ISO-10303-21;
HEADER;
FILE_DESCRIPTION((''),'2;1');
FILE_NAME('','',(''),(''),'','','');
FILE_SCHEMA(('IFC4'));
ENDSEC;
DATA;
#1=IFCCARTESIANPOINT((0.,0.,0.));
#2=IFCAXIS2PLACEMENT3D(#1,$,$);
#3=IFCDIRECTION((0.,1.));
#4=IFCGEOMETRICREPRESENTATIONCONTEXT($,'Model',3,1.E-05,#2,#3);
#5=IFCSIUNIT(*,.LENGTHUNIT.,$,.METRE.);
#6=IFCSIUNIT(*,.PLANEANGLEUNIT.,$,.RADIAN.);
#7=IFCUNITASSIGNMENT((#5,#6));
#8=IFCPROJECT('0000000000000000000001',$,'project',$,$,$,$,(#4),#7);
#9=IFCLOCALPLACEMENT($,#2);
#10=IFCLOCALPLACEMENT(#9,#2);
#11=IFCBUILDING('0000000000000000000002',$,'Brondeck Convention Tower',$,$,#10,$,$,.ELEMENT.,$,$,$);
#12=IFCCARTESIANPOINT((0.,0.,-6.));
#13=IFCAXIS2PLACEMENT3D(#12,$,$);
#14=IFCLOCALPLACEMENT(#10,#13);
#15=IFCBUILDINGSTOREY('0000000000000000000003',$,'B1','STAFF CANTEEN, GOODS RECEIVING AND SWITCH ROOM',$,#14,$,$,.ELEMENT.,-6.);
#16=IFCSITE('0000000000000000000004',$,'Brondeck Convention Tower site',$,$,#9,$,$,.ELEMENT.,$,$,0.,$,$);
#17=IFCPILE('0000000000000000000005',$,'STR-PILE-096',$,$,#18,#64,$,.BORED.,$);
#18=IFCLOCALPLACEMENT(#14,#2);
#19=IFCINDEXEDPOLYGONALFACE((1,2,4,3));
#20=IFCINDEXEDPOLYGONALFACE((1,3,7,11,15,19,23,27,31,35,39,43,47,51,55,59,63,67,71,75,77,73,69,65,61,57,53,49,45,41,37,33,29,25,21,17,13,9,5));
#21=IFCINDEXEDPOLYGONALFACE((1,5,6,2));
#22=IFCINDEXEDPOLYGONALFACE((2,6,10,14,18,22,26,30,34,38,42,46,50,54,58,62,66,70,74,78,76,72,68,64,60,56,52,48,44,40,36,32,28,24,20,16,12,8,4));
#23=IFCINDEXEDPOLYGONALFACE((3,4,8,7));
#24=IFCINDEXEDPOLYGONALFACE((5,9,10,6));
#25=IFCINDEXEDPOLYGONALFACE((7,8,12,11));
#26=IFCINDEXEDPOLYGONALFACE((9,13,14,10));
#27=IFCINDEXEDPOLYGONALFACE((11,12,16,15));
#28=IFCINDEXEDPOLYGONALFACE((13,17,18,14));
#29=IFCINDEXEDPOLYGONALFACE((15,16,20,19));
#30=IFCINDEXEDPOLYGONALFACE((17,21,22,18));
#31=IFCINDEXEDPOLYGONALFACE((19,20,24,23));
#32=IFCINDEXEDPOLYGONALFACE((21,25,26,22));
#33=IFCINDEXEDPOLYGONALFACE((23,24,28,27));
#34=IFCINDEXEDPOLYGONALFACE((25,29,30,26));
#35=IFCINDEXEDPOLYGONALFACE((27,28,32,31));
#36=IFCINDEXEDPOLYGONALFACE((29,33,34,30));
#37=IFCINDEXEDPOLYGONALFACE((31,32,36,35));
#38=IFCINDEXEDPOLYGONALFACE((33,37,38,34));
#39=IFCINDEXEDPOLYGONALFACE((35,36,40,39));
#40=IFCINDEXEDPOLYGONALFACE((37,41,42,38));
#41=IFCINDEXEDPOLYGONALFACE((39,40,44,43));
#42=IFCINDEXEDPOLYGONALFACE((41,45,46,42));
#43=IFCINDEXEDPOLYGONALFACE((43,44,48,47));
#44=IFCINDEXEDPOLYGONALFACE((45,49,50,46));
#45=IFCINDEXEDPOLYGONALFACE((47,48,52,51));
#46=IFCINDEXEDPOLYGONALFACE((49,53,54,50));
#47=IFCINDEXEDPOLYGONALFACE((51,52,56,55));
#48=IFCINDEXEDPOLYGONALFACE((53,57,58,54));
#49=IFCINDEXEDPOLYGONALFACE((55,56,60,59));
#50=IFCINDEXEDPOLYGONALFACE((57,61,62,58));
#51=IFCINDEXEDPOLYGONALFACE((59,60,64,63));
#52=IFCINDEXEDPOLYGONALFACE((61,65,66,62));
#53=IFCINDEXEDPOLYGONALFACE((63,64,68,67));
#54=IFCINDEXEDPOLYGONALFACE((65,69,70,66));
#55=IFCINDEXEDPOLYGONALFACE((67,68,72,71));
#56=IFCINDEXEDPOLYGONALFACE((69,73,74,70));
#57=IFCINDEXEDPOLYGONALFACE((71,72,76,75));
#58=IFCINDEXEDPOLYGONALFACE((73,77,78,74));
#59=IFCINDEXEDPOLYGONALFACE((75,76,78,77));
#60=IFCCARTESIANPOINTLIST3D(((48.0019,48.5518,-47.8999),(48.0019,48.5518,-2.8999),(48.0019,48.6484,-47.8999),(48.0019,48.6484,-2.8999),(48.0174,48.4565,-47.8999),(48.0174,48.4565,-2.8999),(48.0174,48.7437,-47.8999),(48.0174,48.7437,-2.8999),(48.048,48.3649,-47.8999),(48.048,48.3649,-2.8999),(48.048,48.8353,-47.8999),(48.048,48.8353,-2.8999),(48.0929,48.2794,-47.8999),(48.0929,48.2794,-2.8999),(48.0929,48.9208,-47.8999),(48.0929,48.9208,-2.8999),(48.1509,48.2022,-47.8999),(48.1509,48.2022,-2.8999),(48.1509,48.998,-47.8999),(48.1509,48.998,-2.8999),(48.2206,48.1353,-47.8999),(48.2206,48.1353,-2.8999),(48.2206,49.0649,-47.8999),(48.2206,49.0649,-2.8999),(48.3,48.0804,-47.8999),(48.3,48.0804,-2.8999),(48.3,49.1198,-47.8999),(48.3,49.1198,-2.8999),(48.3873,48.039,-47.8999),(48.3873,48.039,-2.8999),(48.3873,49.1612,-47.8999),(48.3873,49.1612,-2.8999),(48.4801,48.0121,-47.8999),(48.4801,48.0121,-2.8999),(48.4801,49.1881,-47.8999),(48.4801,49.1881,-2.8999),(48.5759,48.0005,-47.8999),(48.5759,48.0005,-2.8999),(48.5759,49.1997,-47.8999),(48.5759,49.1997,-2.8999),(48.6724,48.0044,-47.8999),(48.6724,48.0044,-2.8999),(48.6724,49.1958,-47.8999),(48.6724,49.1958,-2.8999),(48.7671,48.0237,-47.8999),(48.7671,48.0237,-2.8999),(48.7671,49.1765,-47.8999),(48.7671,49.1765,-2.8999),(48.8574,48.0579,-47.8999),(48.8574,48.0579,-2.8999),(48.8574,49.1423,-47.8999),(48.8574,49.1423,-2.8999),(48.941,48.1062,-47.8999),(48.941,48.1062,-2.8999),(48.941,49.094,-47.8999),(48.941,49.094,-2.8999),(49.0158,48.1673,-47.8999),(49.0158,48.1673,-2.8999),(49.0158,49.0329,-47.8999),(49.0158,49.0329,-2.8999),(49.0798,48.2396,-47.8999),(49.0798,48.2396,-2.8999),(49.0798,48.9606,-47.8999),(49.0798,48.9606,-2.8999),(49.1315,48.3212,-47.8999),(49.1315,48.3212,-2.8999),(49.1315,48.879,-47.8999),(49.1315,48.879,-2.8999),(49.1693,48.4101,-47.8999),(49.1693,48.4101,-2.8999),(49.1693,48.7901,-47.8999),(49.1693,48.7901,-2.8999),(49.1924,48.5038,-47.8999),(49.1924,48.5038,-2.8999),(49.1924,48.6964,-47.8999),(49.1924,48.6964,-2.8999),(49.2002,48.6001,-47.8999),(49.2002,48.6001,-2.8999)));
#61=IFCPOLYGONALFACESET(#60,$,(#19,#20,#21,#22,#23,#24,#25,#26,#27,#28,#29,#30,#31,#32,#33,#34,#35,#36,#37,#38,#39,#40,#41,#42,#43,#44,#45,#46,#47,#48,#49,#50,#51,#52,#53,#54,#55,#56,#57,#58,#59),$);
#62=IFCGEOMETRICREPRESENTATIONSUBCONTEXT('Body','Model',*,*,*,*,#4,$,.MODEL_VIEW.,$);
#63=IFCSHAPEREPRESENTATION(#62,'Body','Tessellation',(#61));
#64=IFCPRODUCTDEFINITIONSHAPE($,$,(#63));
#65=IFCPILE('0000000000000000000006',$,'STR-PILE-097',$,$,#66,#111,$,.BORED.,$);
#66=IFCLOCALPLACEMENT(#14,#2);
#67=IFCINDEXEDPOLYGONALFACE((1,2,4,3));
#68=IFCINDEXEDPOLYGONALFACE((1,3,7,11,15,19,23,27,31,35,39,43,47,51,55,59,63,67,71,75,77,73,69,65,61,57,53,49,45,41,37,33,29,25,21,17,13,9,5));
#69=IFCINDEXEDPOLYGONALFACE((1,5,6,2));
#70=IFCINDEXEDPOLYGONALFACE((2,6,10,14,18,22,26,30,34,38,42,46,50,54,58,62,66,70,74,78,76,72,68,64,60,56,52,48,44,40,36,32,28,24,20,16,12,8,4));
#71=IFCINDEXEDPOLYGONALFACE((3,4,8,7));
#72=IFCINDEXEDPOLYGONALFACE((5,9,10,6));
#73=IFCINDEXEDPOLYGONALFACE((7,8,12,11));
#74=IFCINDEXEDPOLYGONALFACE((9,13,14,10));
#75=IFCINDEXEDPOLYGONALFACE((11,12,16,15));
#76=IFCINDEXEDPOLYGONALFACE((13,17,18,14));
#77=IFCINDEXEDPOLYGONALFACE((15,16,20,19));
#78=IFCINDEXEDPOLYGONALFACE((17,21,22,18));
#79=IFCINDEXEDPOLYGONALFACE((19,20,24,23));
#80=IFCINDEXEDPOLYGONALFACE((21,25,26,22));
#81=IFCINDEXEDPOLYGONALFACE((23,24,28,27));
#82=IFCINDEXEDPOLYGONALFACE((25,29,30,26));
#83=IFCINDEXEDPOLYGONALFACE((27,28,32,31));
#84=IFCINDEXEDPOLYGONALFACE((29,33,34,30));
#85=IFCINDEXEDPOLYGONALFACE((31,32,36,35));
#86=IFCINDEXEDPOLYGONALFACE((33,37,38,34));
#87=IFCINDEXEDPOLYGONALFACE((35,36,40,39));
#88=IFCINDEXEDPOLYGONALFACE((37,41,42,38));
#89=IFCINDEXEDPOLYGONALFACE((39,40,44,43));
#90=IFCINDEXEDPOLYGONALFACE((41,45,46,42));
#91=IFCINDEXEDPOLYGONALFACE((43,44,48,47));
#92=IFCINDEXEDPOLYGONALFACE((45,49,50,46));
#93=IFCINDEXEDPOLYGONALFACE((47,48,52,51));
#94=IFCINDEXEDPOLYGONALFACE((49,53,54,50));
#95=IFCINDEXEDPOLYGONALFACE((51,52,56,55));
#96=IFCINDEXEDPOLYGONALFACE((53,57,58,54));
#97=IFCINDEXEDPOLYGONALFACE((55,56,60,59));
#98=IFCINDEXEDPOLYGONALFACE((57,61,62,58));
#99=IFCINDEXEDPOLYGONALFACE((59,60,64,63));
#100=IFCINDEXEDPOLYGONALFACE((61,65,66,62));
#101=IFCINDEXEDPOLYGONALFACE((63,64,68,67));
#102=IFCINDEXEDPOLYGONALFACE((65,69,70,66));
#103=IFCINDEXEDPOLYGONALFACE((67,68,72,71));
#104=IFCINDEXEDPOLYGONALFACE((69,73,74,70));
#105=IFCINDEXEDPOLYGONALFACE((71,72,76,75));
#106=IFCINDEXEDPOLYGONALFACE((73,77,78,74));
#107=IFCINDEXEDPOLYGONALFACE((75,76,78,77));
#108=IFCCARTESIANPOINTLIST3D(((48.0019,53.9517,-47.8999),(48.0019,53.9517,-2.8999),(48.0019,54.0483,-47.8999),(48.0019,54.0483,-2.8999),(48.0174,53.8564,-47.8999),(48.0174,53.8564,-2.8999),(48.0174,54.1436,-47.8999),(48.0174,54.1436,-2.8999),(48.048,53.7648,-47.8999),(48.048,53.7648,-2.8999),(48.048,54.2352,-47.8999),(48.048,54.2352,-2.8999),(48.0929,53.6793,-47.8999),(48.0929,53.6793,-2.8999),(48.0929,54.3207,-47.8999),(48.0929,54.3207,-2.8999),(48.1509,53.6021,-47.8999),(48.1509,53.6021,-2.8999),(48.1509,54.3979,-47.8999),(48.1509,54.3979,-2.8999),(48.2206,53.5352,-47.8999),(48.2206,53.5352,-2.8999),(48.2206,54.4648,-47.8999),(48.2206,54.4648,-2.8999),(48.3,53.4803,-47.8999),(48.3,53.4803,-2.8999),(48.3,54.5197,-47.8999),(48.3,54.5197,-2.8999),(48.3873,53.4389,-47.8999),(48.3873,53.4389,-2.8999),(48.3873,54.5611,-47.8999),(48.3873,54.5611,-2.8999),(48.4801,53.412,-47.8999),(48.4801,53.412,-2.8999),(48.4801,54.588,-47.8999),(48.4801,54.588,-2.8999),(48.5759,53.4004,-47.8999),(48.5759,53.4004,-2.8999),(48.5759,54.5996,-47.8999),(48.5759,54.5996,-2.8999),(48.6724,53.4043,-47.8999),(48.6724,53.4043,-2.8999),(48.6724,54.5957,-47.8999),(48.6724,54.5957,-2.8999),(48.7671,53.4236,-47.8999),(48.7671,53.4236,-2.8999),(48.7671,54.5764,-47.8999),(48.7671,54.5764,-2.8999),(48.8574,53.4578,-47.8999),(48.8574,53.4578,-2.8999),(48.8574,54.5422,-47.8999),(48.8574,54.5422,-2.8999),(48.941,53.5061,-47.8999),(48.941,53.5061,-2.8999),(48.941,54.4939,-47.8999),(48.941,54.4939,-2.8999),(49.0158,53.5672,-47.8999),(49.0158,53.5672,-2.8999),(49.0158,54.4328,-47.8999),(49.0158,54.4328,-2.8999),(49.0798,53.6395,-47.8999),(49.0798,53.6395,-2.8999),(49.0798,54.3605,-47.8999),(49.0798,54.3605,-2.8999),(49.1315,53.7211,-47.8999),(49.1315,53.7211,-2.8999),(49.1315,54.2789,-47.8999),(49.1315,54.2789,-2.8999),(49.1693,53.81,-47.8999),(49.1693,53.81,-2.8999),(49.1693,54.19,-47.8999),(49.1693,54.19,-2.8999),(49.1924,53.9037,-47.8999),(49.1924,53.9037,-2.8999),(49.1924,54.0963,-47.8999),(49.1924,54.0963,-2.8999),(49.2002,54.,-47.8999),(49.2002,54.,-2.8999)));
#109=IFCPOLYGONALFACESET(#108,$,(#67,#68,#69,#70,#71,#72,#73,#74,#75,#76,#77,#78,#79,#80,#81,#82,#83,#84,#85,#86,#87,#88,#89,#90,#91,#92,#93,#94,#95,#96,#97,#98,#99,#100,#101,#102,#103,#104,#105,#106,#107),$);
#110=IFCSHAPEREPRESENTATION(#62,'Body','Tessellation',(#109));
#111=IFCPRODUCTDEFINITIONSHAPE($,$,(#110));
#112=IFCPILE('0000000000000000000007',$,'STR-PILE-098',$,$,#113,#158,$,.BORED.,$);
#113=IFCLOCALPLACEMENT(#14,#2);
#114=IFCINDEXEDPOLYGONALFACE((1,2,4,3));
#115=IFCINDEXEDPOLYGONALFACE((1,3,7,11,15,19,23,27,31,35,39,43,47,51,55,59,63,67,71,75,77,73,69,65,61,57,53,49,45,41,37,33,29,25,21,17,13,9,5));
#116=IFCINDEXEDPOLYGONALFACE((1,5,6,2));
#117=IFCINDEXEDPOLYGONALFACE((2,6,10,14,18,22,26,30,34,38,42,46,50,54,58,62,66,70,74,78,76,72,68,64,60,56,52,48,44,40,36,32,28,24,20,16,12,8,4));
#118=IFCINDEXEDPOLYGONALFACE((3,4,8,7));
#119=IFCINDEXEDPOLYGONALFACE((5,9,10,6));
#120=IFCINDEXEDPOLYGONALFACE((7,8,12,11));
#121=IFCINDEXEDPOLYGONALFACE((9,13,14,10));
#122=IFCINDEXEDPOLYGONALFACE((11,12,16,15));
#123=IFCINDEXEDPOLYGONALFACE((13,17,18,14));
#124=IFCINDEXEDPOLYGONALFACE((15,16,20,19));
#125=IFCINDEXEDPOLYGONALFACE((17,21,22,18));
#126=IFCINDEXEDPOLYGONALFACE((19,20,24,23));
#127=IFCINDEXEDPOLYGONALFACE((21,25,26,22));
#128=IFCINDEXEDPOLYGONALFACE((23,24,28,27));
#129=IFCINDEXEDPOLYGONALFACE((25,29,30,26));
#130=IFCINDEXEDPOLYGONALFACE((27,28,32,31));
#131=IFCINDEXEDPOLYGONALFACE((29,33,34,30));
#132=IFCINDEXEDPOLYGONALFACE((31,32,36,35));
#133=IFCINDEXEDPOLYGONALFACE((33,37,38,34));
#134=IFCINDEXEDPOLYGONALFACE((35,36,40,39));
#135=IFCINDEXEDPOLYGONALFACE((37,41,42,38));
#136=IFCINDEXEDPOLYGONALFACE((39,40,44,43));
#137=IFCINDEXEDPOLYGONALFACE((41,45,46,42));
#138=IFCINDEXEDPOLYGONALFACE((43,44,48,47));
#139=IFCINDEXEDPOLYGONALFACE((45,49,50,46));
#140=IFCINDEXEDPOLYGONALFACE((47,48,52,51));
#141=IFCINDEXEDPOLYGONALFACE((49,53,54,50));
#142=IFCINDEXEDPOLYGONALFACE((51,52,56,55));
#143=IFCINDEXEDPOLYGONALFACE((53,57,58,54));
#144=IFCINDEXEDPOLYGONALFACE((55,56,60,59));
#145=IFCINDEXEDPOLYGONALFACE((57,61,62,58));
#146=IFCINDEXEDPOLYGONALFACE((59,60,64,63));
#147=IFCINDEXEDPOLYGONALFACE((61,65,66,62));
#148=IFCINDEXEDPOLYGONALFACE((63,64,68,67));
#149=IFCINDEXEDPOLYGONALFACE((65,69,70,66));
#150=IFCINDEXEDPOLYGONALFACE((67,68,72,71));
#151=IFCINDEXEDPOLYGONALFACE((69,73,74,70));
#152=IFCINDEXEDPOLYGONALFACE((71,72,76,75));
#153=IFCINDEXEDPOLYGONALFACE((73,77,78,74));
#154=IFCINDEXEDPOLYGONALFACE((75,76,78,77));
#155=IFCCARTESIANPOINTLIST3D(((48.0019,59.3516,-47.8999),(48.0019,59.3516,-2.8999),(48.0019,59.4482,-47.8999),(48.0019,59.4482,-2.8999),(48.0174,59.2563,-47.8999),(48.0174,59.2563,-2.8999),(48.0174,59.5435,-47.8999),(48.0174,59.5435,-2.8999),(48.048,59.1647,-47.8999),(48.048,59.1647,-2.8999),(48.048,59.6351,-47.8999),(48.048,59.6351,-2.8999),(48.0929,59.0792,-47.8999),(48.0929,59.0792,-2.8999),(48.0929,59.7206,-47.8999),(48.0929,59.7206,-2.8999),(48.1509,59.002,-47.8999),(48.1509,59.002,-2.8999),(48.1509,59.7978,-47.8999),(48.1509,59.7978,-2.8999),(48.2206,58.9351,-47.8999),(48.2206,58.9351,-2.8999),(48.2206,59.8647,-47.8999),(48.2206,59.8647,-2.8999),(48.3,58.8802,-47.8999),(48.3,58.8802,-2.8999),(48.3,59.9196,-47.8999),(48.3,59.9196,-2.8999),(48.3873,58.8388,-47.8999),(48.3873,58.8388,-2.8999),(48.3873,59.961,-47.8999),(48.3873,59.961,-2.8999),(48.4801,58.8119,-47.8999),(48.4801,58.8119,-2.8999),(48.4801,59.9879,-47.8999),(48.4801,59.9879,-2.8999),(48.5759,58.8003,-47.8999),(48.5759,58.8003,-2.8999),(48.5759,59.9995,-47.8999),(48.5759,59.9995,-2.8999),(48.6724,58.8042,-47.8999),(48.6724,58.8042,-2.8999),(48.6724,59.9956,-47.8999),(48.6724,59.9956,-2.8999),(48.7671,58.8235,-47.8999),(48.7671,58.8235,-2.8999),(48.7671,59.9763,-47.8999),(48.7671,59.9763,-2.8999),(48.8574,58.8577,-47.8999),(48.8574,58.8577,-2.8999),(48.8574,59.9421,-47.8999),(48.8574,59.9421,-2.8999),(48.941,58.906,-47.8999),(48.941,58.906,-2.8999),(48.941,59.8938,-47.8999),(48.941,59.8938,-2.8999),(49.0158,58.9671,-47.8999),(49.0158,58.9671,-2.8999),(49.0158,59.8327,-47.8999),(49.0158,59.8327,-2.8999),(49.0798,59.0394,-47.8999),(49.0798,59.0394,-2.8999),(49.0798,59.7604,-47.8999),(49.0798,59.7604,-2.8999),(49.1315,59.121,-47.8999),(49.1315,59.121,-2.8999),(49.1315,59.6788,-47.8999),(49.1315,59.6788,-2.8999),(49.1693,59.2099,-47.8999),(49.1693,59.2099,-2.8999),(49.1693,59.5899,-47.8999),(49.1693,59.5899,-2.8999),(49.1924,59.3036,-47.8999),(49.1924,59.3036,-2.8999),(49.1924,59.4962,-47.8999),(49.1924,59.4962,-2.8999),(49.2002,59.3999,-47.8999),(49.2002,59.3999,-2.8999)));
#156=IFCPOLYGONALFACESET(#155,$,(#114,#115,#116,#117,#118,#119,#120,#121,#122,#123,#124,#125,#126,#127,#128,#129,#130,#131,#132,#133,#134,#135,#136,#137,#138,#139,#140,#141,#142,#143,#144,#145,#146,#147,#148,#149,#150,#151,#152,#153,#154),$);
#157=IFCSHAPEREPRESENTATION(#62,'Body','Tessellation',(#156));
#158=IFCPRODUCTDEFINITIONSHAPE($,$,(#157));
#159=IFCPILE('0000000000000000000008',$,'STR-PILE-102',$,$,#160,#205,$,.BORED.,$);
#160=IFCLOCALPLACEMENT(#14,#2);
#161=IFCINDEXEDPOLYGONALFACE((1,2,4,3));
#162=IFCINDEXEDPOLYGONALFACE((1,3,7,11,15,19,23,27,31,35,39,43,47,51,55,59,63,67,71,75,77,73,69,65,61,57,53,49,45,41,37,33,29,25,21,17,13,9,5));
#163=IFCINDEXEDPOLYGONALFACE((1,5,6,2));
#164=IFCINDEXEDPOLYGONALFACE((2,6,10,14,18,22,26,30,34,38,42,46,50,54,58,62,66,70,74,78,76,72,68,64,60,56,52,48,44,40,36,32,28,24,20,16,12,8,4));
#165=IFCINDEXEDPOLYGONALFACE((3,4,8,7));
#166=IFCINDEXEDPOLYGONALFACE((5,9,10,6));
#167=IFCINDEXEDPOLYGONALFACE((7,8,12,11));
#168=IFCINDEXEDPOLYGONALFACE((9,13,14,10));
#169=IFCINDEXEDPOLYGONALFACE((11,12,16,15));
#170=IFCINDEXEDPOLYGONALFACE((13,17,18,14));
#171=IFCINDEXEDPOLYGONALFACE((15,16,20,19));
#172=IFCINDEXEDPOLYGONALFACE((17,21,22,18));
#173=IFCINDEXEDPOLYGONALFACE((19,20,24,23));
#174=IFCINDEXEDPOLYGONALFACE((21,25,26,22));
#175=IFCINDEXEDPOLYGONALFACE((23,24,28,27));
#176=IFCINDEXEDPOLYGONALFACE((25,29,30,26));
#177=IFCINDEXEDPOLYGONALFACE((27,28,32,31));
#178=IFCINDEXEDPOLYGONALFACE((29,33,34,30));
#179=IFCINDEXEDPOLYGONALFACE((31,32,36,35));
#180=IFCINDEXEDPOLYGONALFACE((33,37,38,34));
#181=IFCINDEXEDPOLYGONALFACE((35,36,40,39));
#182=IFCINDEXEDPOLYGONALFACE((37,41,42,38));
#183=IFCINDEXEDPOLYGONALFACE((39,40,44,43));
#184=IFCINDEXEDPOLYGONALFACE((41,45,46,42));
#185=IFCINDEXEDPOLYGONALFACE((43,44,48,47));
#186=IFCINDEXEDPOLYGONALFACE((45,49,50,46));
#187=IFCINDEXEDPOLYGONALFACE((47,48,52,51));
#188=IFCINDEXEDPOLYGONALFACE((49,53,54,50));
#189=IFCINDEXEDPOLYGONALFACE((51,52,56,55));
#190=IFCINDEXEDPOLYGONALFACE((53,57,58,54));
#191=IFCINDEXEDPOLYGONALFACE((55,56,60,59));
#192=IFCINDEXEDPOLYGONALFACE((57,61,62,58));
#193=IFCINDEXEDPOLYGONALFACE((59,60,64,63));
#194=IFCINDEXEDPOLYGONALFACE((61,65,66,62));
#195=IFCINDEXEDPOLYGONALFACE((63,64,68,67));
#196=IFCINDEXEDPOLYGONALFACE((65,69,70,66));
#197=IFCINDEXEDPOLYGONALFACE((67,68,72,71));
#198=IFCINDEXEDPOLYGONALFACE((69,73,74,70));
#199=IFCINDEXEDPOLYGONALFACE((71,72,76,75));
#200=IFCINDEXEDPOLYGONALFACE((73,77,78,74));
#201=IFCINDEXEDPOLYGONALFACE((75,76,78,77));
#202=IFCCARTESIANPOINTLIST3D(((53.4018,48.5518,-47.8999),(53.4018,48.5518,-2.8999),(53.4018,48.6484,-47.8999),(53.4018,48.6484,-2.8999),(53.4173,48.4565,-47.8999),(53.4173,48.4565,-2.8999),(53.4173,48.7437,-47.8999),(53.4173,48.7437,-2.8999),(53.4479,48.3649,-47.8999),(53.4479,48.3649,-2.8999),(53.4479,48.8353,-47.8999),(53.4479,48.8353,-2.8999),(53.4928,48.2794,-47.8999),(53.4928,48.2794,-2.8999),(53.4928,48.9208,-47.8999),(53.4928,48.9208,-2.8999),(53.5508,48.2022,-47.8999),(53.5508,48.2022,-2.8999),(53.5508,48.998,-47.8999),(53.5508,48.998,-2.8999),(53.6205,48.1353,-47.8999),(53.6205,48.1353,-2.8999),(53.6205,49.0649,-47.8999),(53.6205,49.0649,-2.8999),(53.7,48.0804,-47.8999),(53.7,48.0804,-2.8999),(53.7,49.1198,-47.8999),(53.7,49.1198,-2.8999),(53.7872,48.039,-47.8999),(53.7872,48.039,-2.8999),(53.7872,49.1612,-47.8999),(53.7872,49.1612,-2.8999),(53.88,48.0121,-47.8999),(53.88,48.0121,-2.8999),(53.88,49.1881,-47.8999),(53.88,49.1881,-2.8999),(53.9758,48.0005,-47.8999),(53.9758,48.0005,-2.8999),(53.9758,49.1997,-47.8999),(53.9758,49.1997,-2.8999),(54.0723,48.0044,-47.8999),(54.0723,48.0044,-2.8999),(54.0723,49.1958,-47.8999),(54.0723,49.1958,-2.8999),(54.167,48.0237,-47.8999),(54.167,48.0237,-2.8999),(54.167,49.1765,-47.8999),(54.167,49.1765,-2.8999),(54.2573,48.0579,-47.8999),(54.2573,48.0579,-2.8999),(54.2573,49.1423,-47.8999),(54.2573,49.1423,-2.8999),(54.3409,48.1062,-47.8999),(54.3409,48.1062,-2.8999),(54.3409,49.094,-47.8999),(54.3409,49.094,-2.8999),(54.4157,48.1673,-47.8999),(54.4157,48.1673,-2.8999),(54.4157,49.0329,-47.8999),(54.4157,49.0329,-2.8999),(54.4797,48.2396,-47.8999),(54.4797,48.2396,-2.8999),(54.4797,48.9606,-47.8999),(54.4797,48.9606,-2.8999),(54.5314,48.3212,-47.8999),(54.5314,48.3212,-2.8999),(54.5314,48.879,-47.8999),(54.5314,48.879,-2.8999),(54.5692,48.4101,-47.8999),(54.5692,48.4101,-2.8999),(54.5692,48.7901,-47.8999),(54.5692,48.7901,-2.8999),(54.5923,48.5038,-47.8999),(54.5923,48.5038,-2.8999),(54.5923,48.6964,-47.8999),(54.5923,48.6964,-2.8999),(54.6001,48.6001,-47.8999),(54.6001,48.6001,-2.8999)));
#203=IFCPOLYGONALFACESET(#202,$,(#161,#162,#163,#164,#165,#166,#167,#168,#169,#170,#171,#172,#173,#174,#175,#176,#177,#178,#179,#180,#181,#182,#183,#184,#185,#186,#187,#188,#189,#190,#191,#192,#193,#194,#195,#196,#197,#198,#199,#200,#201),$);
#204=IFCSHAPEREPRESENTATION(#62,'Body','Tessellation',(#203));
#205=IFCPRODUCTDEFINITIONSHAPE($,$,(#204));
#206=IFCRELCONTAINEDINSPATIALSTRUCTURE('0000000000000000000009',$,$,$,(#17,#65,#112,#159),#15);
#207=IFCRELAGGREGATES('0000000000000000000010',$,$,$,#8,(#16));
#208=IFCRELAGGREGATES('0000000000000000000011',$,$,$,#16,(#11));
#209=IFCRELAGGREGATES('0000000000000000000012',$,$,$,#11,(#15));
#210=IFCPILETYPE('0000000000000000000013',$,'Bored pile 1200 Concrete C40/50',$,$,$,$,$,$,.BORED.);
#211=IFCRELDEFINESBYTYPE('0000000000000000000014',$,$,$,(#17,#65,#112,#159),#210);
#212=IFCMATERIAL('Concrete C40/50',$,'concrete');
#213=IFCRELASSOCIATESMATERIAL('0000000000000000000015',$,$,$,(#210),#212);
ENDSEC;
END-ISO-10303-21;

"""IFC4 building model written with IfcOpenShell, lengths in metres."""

from ifc_helpers import new_model, si_unit, direction, frame, origin, origin_2d, place, context, subcontext, project, spatial, circle, extrude, material, material_profile, profile_set, type_object, element, save


model = new_model("IFC4")

# Units and contexts
model_context = context("Model", 3, precision=1e-05, world=origin(), true_north=direction((0.0, 1.0)))
body_context = subcontext(model_context, "Body", "Model", "MODEL_VIEW")
ifc_project = project(units=[si_unit("LENGTHUNIT", "METRE"), si_unit("PLANEANGLEUNIT", "RADIAN")], contexts=[model_context])

# Site, building, storey
site_placement = place(None, origin())
site = spatial("IfcSite", under=ifc_project, at=site_placement, Name="Brondeck Convention Tower site", CompositionType="ELEMENT", RefElevation=0.0)
building_placement = place(site_placement, origin())
building = spatial("IfcBuilding", under=site, at=building_placement, Name="Brondeck Convention Tower", CompositionType="ELEMENT")
storey_placement = place(building_placement, frame((0.0, 0.0, -6.0)))
storey = spatial("IfcBuildingStorey", under=building, at=storey_placement, Name="B1", Description="STAFF CANTEEN, GOODS RECEIVING AND SWITCH ROOM", CompositionType="ELEMENT", Elevation=-6.0)

# Piles
ifc_material_1 = material(Name="Concrete C40/50", Category="concrete")
ifc_material_profile_1 = material_profile(ifc_material_1, circle(Radius=0.6001, at=origin_2d()), Name="Bored pile 1200 Concrete C40/50")
ifc_profile_set_1 = profile_set([ifc_material_profile_1], Name="Concrete C40/50")
pile_type = type_object("IfcPileType", Name="Bored pile 1200 Concrete C40/50", PredefinedType="BORED", material=ifc_profile_set_1)
for number, where, z_axis, x_axis, name in (
    (1, (48.6001, 48.6001, -2.8999), (0.0, 0.0, -1.0), (1.0, 0.0, 0.0), "STR-PILE-096"),
    (2, (48.6001, 54.0, -2.8999), (0.0, 0.0, -1.0), (1.0, 0.0, 0.0), "STR-PILE-097"),
    (3, (48.6001, 59.3999, -2.8999), (0.0, 0.0, -1.0), (1.0, 0.0, 0.0), "STR-PILE-098"),
    (4, (54.0, 48.6001, -2.8999), (0.0, 0.0, -1.0), (1.0, 0.0, 0.0), "STR-PILE-102"),
):
    element("IfcPile", number, at=place(storey_placement, frame(where, z_axis=z_axis, x_axis=x_axis)), inside=storey, type_object=pile_type, Name=name, PredefinedType="BORED", context=body_context, shape_type="SweptSolid", body=[
        extrude(circle(Radius=0.6001, at=origin_2d()), origin(), (0.0, 0.0, 1.0), 45.0),
    ])

save(model, "model.ifc")
